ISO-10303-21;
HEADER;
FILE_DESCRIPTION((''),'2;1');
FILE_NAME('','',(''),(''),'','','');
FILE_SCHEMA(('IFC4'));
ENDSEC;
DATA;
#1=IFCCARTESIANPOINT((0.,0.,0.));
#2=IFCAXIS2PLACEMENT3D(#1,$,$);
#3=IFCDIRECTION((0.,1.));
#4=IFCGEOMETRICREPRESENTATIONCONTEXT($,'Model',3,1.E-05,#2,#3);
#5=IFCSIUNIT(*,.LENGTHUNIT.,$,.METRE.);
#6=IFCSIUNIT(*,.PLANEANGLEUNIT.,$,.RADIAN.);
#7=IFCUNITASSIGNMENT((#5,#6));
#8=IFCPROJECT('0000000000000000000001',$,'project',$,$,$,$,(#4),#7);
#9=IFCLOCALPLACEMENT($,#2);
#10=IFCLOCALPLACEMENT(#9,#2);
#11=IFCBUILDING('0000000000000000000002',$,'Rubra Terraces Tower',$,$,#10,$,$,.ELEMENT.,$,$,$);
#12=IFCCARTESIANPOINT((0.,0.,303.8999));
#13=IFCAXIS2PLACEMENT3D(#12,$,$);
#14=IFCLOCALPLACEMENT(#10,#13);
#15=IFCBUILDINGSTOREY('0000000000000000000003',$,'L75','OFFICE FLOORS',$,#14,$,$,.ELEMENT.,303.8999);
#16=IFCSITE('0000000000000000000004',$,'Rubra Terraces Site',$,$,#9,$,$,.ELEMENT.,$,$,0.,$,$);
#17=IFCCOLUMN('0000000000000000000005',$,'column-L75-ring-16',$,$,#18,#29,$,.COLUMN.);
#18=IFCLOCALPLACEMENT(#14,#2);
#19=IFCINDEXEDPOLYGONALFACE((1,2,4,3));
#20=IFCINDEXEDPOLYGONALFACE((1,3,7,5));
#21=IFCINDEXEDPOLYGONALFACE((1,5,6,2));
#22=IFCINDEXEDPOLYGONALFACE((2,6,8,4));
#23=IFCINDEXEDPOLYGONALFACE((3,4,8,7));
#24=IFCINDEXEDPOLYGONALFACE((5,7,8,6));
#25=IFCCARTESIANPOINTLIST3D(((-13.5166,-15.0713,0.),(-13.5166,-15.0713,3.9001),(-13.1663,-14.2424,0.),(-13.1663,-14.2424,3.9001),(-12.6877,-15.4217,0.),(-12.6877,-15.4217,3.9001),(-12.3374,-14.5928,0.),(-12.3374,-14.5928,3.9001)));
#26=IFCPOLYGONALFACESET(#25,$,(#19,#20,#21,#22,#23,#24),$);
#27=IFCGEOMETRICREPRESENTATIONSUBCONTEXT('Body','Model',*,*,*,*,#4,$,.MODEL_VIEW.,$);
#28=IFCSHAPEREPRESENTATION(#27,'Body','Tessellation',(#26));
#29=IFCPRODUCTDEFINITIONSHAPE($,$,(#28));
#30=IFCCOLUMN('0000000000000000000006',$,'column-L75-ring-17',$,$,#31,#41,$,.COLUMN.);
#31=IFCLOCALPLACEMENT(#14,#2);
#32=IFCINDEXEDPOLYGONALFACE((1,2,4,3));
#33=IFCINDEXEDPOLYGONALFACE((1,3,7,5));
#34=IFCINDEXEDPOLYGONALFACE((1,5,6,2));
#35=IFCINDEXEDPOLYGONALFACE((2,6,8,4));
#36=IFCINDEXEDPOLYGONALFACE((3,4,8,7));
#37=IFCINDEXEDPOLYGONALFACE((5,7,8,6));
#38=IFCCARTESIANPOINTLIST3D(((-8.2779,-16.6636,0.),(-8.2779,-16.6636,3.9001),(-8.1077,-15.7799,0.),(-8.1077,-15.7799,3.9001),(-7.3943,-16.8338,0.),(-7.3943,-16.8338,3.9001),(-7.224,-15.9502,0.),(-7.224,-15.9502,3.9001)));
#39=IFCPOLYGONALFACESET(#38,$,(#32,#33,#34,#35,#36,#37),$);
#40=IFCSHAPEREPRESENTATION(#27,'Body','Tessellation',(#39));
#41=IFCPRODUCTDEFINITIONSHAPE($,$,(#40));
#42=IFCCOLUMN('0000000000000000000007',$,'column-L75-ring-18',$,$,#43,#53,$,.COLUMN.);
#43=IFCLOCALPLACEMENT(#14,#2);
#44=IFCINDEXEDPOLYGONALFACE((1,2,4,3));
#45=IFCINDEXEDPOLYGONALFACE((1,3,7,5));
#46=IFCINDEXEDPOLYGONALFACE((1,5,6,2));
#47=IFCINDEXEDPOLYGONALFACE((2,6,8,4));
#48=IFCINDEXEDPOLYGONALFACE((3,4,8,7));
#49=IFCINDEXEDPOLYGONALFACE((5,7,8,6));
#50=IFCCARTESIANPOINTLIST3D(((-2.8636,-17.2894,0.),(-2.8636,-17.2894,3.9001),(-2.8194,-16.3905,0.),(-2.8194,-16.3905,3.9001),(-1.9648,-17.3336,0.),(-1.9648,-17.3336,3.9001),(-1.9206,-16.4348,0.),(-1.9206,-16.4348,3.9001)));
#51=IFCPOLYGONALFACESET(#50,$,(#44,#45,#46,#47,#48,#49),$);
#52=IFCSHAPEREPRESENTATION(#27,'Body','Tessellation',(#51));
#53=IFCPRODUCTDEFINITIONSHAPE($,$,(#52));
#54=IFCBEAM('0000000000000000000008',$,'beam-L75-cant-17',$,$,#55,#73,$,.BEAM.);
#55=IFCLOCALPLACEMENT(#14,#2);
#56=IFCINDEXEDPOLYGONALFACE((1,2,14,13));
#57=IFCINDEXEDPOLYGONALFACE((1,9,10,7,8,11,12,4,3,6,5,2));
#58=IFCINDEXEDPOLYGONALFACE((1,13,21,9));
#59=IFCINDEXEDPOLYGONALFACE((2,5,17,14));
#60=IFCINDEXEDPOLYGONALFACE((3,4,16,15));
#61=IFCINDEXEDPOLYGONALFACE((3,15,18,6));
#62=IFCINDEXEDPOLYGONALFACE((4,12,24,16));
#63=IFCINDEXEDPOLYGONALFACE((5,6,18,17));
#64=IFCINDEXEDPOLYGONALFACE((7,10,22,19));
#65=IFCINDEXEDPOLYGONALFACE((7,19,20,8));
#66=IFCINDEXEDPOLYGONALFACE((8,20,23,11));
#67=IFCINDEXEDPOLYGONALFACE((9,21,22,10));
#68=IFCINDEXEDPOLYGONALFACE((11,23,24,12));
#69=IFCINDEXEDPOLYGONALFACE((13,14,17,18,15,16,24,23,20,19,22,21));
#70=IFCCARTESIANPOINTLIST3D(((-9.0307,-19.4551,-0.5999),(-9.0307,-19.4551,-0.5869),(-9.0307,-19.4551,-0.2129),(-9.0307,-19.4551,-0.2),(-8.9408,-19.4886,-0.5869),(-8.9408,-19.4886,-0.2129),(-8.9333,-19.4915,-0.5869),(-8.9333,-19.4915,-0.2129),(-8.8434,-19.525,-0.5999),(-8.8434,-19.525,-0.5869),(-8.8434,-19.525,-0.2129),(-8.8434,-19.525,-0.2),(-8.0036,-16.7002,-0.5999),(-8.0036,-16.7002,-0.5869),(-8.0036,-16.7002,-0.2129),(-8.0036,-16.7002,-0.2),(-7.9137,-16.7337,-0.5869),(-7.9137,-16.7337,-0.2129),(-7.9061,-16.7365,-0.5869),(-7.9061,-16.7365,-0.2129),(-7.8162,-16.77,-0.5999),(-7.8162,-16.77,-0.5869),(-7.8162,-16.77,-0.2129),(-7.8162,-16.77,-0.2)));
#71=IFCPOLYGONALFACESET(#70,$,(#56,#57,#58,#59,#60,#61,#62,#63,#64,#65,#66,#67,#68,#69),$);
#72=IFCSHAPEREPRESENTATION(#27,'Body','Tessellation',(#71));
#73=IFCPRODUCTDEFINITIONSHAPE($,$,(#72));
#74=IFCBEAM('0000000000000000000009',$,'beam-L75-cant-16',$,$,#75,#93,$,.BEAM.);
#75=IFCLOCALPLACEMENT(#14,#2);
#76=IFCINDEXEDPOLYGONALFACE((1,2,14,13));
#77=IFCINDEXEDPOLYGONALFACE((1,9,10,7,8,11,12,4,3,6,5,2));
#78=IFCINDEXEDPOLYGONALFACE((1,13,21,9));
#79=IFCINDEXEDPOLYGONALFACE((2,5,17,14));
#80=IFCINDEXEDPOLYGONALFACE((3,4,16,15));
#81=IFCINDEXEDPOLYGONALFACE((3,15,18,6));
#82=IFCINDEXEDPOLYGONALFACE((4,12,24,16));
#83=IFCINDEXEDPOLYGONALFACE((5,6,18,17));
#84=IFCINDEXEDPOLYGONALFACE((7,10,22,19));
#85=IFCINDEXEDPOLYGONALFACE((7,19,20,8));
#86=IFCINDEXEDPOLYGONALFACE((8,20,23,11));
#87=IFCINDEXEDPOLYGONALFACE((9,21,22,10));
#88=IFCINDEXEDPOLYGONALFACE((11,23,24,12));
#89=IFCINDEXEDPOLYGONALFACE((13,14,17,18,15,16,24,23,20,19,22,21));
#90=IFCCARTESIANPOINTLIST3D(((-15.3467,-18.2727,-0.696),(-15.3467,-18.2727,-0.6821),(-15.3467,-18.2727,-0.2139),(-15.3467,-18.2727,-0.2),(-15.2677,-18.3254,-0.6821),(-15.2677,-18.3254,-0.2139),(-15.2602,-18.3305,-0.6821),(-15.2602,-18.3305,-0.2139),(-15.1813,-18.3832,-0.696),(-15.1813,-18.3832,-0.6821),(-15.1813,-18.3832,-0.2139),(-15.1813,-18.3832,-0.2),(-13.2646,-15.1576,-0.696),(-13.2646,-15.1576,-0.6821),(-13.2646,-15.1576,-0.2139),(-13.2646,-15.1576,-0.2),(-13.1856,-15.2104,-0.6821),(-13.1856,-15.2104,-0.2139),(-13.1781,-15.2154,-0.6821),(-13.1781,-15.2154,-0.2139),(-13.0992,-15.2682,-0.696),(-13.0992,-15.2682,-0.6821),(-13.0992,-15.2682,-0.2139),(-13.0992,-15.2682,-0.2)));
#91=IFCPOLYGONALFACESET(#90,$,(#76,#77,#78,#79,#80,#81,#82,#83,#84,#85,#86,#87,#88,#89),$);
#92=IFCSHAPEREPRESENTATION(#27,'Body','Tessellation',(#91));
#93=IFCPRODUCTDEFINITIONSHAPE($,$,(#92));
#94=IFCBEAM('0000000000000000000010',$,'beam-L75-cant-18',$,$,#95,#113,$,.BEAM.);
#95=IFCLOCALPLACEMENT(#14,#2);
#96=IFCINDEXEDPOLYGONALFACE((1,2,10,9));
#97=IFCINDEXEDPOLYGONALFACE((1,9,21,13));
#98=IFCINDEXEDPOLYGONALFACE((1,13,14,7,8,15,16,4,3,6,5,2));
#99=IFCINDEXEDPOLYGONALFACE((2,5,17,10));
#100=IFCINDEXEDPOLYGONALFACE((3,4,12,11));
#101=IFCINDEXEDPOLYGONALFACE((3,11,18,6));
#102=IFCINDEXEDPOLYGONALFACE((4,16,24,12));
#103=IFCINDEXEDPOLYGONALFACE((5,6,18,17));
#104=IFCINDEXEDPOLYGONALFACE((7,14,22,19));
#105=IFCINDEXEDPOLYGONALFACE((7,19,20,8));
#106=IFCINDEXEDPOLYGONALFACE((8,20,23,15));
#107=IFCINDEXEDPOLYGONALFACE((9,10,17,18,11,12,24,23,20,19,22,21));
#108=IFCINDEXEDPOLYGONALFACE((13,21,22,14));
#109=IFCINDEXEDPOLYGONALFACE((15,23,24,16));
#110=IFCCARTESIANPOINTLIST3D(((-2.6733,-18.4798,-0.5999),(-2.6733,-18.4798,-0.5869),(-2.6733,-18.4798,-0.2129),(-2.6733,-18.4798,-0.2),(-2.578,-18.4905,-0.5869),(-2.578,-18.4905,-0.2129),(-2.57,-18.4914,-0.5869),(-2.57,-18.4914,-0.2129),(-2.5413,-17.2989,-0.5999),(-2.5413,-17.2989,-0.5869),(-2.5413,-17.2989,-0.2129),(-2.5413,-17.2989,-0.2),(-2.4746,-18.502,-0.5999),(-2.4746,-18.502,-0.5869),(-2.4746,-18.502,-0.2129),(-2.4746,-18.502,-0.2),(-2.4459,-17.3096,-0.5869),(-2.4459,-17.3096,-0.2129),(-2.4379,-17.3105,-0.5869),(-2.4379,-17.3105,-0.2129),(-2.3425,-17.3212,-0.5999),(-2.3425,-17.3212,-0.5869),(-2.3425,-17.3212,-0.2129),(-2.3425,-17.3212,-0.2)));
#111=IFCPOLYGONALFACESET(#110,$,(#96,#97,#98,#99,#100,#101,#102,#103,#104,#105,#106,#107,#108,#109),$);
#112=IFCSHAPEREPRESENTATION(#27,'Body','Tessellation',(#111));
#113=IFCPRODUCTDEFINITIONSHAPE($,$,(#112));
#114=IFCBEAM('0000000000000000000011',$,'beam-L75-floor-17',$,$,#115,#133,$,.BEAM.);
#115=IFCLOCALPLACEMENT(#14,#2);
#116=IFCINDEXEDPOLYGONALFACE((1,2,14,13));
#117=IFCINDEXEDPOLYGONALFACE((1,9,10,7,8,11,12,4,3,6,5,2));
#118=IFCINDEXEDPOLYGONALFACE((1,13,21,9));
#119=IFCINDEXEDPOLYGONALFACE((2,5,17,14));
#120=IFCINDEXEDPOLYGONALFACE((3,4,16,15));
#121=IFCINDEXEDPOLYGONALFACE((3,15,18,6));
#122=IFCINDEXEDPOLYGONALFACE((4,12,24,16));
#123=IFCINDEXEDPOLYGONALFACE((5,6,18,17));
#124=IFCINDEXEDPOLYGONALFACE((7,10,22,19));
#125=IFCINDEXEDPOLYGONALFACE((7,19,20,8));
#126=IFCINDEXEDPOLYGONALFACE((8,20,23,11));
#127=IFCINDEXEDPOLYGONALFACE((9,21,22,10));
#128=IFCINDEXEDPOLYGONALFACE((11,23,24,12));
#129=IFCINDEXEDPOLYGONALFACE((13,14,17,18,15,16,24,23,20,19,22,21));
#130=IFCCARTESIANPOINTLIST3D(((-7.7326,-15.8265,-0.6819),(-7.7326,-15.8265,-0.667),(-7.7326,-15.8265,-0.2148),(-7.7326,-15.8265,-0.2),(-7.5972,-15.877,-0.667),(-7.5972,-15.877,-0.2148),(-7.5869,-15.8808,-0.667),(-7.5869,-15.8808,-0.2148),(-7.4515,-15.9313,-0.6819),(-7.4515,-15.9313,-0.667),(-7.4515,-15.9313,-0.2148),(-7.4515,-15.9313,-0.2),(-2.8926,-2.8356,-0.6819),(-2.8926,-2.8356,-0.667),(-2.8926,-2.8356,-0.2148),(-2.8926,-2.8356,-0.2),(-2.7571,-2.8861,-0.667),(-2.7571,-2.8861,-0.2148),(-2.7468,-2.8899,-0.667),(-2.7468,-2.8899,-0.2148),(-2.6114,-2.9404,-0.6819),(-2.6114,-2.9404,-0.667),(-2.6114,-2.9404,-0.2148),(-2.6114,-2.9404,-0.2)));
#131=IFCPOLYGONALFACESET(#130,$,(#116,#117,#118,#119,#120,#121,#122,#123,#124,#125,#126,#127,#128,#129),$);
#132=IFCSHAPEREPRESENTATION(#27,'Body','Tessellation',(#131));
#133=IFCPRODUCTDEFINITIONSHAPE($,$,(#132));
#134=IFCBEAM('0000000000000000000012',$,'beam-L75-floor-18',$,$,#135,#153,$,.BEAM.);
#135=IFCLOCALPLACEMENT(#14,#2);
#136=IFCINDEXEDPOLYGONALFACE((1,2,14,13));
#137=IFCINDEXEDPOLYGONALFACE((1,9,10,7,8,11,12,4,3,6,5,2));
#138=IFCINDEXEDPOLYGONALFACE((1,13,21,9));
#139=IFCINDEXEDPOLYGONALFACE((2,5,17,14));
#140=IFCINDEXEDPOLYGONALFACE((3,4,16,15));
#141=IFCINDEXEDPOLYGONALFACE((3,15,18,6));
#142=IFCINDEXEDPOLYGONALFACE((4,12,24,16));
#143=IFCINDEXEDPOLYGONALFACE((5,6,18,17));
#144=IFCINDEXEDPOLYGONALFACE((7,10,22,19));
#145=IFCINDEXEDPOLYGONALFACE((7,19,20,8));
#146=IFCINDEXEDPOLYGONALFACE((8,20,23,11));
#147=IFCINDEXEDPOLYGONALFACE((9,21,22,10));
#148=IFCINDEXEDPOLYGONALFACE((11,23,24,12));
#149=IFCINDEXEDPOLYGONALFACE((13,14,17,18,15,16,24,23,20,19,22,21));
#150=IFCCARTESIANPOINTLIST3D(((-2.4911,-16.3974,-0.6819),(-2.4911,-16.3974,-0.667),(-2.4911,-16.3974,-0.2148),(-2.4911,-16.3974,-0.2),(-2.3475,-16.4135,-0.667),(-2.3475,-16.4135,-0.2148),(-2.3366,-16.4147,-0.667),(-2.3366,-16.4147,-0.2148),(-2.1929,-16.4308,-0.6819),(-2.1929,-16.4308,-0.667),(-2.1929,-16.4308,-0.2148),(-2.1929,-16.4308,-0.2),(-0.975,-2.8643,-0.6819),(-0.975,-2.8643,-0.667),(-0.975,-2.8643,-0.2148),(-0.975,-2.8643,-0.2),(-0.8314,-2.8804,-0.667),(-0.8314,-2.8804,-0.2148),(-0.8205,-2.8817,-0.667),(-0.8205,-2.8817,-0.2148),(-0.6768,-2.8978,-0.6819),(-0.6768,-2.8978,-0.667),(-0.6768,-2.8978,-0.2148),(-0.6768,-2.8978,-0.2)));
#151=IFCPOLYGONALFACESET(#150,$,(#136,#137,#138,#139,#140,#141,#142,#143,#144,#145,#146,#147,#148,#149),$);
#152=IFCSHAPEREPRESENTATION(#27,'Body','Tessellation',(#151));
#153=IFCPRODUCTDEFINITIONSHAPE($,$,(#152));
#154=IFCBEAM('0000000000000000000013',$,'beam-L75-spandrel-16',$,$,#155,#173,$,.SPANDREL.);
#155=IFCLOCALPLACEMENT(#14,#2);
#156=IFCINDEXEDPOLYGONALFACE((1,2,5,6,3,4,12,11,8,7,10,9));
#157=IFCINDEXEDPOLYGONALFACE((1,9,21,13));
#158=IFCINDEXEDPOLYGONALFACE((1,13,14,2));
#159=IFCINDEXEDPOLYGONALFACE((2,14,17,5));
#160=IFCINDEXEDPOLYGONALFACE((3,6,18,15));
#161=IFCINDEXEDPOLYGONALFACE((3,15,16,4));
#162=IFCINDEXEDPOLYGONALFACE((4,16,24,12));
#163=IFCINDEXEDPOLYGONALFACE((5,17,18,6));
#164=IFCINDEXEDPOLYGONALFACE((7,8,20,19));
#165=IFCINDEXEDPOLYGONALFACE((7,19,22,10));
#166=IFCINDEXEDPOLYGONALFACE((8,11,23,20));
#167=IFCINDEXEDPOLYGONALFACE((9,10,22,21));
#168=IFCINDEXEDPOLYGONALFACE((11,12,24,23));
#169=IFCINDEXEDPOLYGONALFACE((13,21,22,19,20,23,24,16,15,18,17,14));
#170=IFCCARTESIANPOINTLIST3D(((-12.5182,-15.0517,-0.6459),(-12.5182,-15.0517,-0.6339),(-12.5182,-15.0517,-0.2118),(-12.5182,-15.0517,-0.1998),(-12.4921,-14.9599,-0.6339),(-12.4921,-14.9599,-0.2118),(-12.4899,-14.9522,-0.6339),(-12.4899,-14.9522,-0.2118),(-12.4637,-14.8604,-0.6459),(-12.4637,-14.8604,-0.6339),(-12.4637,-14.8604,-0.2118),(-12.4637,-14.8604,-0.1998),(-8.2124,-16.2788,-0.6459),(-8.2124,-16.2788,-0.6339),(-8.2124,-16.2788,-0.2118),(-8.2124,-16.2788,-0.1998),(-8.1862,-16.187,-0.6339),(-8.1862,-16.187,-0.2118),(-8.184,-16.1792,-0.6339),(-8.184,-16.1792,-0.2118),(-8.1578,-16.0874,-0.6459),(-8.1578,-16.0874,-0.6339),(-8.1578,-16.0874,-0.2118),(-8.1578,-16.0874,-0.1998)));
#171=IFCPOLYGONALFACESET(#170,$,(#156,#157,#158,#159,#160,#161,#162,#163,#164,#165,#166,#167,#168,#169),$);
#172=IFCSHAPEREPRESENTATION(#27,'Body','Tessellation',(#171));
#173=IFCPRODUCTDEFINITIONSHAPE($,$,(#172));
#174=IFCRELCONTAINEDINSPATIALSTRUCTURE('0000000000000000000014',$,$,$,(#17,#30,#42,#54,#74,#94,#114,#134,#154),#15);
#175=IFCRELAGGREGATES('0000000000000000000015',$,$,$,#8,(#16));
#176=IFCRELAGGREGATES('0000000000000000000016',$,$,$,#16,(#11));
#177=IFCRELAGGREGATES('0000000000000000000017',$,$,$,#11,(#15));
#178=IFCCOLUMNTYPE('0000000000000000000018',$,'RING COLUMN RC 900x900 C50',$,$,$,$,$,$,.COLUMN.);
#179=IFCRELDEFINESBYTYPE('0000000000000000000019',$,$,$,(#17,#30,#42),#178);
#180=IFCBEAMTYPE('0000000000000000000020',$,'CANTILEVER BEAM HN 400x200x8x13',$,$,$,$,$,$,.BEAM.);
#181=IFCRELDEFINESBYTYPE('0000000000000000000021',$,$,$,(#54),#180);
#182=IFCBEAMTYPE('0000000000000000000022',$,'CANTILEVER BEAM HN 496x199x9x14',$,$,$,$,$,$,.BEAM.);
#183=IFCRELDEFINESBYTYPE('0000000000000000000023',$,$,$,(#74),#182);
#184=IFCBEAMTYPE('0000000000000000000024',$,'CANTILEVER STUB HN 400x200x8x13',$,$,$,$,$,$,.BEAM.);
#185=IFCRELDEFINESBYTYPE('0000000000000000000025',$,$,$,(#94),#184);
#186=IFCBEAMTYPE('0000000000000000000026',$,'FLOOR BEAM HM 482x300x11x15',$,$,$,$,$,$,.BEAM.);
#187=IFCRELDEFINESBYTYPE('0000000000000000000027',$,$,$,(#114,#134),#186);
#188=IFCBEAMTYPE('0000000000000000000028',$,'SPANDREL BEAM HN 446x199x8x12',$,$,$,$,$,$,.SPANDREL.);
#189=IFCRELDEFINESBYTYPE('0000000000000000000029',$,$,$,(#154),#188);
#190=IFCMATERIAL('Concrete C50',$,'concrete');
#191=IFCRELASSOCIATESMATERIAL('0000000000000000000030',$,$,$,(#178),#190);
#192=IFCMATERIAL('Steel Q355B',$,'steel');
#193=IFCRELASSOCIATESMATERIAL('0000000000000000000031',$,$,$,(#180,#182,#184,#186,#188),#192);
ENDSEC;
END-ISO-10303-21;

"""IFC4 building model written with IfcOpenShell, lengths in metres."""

from ifc_helpers import new_model, si_unit, direction, frame, origin, origin_2d, place, context, subcontext, project, spatial, rectangle, i_section, extrude, material, material_profile, profile_set, type_object, element, save


model = new_model("IFC4")

# Units and contexts
model_context = context("Model", 3, precision=1e-05, world=origin(), true_north=direction((0.0, 1.0)))
body_context = subcontext(model_context, "Body", "Model", "MODEL_VIEW")
ifc_project = project(units=[si_unit("LENGTHUNIT", "METRE"), si_unit("PLANEANGLEUNIT", "RADIAN")], contexts=[model_context])

# Site, building, storey
site_placement = place(None, origin())
site = spatial("IfcSite", under=ifc_project, at=site_placement, Name="Rubra Terraces Site", CompositionType="ELEMENT", RefElevation=0.0)
building_placement = place(site_placement, origin())
building = spatial("IfcBuilding", under=site, at=building_placement, Name="Rubra Terraces Tower", CompositionType="ELEMENT")
storey_placement = place(building_placement, frame((0.0, 0.0, 303.8999)))
storey = spatial("IfcBuildingStorey", under=building, at=storey_placement, Name="L75", Description="OFFICE FLOORS", CompositionType="ELEMENT", Elevation=303.8999)

# Columns
ifc_material_1 = material(Name="Concrete C50", Category="concrete")
ifc_material_profile_1 = material_profile(ifc_material_1, rectangle(XDim=0.8999, YDim=0.8999, at=origin_2d()), Name="RC 900x900")
ifc_profile_set_1 = profile_set([ifc_material_profile_1], Name="Concrete C50")
column_type = type_object("IfcColumnType", Name="RING COLUMN RC 900x900 C50", PredefinedType="COLUMN", material=ifc_profile_set_1)
for number, where, z_axis, x_axis, name in (
    (1, (-12.927, -14.832, 0.0), (0.0, 0.0, 1.0), (0.921106, -0.389313, 0.0), "column-L75-ring-16"),
    (2, (-7.751, -16.3069, 0.0), (0.0, 0.0, 1.0), (0.981937, -0.18921, 0.0), "column-L75-ring-17"),
    (3, (-2.3921, -16.8621, 0.0), (0.0, 0.0, 1.0), (0.998791, -0.04915, 0.0), "column-L75-ring-18"),
):
    element("IfcColumn", number, at=place(storey_placement, frame(where, z_axis=z_axis, x_axis=x_axis)), inside=storey, type_object=column_type, Name=name, PredefinedType="COLUMN", context=body_context, shape_type="SweptSolid", body=[
        extrude(rectangle(XDim=0.8999, YDim=0.8999, at=origin_2d()), origin(), (0.0, 0.0, 1.0), 3.9001),
    ])

# Beams
ifc_material_2 = material(Name="Steel Q355B", Category="steel")
ifc_material_profile_2 = material_profile(ifc_material_2, i_section(OverallWidth=0.2, OverallDepth=0.3999, WebThickness=0.0081, FlangeThickness=0.0129, at=origin_2d()), Name="HN 400x200x8x13")
ifc_profile_set_2 = profile_set([ifc_material_profile_2], Name="Steel Q355B")
beam_type_1 = type_object("IfcBeamType", Name="CANTILEVER BEAM HN 400x200x8x13", PredefinedType="BEAM", material=ifc_profile_set_2)
beam_1_placement = place(storey_placement, frame((-7.9099, -16.7351, -0.3999), z_axis=(-0.349339, -0.936996, 0.0), x_axis=(0.936996, -0.349339, 0.0)))
element("IfcBeam", 4, at=beam_1_placement, inside=storey, type_object=beam_type_1, Name="beam-L75-cant-17", PredefinedType="BEAM", context=body_context, shape_type="SweptSolid", body=[
    extrude(i_section(OverallWidth=0.2, OverallDepth=0.3999, WebThickness=0.0081, FlangeThickness=0.0129, at=origin_2d()), origin(), (0.0, 0.0, 1.0), 2.9402),
])
ifc_material_profile_3 = material_profile(ifc_material_2, i_section(OverallWidth=0.199, OverallDepth=0.4961, WebThickness=0.009, FlangeThickness=0.0139, at=origin_2d()), Name="HN 496x199x9x14")
ifc_profile_set_3 = profile_set([ifc_material_profile_3], Name="Steel Q355B")
beam_type_2 = type_object("IfcBeamType", Name="CANTILEVER BEAM HN 496x199x9x14", PredefinedType="BEAM", material=ifc_profile_set_3)
beam_2_placement = place(storey_placement, frame((-13.1819, -15.2129, -0.448), z_axis=(-0.555692, -0.831388, 0.0), x_axis=(0.831388, -0.555692, 0.0)))
element("IfcBeam", 5, at=beam_2_placement, inside=storey, type_object=beam_type_2, Name="beam-L75-cant-16", PredefinedType="BEAM", context=body_context, shape_type="SweptSolid", body=[
    extrude(i_section(OverallWidth=0.199, OverallDepth=0.4961, WebThickness=0.009, FlangeThickness=0.0139, at=origin_2d()), origin(), (0.0, 0.0, 1.0), 3.7468),
])
ifc_material_profile_4 = material_profile(ifc_material_2, i_section(OverallWidth=0.2, OverallDepth=0.3999, WebThickness=0.0081, FlangeThickness=0.0129, at=origin_2d()), Name="HN 400x200x8x13")
ifc_profile_set_4 = profile_set([ifc_material_profile_4], Name="Steel Q355B")
beam_type_3 = type_object("IfcBeamType", Name="CANTILEVER STUB HN 400x200x8x13", PredefinedType="BEAM", material=ifc_profile_set_4)
beam_3_placement = place(storey_placement, frame((-2.4419, -17.3101, -0.3999), z_axis=(-0.111153, -0.993803, 0.0), x_axis=(0.993803, -0.111153, 0.0)))
element("IfcBeam", 6, at=beam_3_placement, inside=storey, type_object=beam_type_3, Name="beam-L75-cant-18", PredefinedType="BEAM", context=body_context, shape_type="SweptSolid", body=[
    extrude(i_section(OverallWidth=0.2, OverallDepth=0.3999, WebThickness=0.0081, FlangeThickness=0.0129, at=origin_2d()), origin(), (0.0, 0.0, 1.0), 1.1882),
])
ifc_material_profile_5 = material_profile(ifc_material_2, i_section(OverallWidth=0.3, OverallDepth=0.4819, WebThickness=0.011, FlangeThickness=0.0149, at=origin_2d()), Name="HM 482x300x11x15")
ifc_profile_set_5 = profile_set([ifc_material_profile_5], Name="Steel Q355B")
beam_type_4 = type_object("IfcBeamType", Name="FLOOR BEAM HM 482x300x11x15", PredefinedType="BEAM", material=ifc_profile_set_5)
beam_4_placement = place(storey_placement, frame((-7.592, -15.8789, -0.4409), z_axis=(0.349129, 0.937075, 0.0), x_axis=(-0.937075, 0.349129, 0.0)))
element("IfcBeam", 7, at=beam_4_placement, inside=storey, type_object=beam_type_4, Name="beam-L75-floor-17", PredefinedType="BEAM", context=body_context, shape_type="SweptSolid", body=[
    extrude(i_section(OverallWidth=0.3, OverallDepth=0.4819, WebThickness=0.011, FlangeThickness=0.0149, at=origin_2d()), origin(), (0.0, 0.0, 1.0), 13.8633),
])
beam_5_placement = place(storey_placement, frame((-2.342, -16.4141, -0.4409), z_axis=(0.111335, 0.993783, 0.0), x_axis=(-0.993783, 0.111335, 0.0)))
element("IfcBeam", 8, at=beam_5_placement, inside=storey, type_object=beam_type_4, Name="beam-L75-floor-18", PredefinedType="BEAM", context=body_context, shape_type="SweptSolid", body=[
    extrude(i_section(OverallWidth=0.3, OverallDepth=0.4819, WebThickness=0.011, FlangeThickness=0.0149, at=origin_2d()), origin(), (0.0, 0.0, 1.0), 13.6177),
])
ifc_material_profile_6 = material_profile(ifc_material_2, i_section(OverallWidth=0.199, OverallDepth=0.446, WebThickness=0.0081, FlangeThickness=0.012, at=origin_2d()), Name="HN 446x199x8x12")
ifc_profile_set_6 = profile_set([ifc_material_profile_6], Name="Steel Q355B")
beam_type_5 = type_object("IfcBeamType", Name="SPANDREL BEAM HN 446x199x8x12", PredefinedType="SPANDREL", material=ifc_profile_set_6)
beam_6_placement = place(storey_placement, frame((-12.491, -14.9561, -0.4229), z_axis=(0.961713, -0.274058, 0.0), x_axis=(0.274058, 0.961713, 0.0)))
element("IfcBeam", 9, at=beam_6_placement, inside=storey, type_object=beam_type_5, Name="beam-L75-spandrel-16", PredefinedType="SPANDREL", context=body_context, shape_type="SweptSolid", body=[
    extrude(i_section(OverallWidth=0.199, OverallDepth=0.446, WebThickness=0.0081, FlangeThickness=0.012, at=origin_2d()), origin(), (0.0, 0.0, 1.0), 4.4773),
])

save(model, "model.ifc")
